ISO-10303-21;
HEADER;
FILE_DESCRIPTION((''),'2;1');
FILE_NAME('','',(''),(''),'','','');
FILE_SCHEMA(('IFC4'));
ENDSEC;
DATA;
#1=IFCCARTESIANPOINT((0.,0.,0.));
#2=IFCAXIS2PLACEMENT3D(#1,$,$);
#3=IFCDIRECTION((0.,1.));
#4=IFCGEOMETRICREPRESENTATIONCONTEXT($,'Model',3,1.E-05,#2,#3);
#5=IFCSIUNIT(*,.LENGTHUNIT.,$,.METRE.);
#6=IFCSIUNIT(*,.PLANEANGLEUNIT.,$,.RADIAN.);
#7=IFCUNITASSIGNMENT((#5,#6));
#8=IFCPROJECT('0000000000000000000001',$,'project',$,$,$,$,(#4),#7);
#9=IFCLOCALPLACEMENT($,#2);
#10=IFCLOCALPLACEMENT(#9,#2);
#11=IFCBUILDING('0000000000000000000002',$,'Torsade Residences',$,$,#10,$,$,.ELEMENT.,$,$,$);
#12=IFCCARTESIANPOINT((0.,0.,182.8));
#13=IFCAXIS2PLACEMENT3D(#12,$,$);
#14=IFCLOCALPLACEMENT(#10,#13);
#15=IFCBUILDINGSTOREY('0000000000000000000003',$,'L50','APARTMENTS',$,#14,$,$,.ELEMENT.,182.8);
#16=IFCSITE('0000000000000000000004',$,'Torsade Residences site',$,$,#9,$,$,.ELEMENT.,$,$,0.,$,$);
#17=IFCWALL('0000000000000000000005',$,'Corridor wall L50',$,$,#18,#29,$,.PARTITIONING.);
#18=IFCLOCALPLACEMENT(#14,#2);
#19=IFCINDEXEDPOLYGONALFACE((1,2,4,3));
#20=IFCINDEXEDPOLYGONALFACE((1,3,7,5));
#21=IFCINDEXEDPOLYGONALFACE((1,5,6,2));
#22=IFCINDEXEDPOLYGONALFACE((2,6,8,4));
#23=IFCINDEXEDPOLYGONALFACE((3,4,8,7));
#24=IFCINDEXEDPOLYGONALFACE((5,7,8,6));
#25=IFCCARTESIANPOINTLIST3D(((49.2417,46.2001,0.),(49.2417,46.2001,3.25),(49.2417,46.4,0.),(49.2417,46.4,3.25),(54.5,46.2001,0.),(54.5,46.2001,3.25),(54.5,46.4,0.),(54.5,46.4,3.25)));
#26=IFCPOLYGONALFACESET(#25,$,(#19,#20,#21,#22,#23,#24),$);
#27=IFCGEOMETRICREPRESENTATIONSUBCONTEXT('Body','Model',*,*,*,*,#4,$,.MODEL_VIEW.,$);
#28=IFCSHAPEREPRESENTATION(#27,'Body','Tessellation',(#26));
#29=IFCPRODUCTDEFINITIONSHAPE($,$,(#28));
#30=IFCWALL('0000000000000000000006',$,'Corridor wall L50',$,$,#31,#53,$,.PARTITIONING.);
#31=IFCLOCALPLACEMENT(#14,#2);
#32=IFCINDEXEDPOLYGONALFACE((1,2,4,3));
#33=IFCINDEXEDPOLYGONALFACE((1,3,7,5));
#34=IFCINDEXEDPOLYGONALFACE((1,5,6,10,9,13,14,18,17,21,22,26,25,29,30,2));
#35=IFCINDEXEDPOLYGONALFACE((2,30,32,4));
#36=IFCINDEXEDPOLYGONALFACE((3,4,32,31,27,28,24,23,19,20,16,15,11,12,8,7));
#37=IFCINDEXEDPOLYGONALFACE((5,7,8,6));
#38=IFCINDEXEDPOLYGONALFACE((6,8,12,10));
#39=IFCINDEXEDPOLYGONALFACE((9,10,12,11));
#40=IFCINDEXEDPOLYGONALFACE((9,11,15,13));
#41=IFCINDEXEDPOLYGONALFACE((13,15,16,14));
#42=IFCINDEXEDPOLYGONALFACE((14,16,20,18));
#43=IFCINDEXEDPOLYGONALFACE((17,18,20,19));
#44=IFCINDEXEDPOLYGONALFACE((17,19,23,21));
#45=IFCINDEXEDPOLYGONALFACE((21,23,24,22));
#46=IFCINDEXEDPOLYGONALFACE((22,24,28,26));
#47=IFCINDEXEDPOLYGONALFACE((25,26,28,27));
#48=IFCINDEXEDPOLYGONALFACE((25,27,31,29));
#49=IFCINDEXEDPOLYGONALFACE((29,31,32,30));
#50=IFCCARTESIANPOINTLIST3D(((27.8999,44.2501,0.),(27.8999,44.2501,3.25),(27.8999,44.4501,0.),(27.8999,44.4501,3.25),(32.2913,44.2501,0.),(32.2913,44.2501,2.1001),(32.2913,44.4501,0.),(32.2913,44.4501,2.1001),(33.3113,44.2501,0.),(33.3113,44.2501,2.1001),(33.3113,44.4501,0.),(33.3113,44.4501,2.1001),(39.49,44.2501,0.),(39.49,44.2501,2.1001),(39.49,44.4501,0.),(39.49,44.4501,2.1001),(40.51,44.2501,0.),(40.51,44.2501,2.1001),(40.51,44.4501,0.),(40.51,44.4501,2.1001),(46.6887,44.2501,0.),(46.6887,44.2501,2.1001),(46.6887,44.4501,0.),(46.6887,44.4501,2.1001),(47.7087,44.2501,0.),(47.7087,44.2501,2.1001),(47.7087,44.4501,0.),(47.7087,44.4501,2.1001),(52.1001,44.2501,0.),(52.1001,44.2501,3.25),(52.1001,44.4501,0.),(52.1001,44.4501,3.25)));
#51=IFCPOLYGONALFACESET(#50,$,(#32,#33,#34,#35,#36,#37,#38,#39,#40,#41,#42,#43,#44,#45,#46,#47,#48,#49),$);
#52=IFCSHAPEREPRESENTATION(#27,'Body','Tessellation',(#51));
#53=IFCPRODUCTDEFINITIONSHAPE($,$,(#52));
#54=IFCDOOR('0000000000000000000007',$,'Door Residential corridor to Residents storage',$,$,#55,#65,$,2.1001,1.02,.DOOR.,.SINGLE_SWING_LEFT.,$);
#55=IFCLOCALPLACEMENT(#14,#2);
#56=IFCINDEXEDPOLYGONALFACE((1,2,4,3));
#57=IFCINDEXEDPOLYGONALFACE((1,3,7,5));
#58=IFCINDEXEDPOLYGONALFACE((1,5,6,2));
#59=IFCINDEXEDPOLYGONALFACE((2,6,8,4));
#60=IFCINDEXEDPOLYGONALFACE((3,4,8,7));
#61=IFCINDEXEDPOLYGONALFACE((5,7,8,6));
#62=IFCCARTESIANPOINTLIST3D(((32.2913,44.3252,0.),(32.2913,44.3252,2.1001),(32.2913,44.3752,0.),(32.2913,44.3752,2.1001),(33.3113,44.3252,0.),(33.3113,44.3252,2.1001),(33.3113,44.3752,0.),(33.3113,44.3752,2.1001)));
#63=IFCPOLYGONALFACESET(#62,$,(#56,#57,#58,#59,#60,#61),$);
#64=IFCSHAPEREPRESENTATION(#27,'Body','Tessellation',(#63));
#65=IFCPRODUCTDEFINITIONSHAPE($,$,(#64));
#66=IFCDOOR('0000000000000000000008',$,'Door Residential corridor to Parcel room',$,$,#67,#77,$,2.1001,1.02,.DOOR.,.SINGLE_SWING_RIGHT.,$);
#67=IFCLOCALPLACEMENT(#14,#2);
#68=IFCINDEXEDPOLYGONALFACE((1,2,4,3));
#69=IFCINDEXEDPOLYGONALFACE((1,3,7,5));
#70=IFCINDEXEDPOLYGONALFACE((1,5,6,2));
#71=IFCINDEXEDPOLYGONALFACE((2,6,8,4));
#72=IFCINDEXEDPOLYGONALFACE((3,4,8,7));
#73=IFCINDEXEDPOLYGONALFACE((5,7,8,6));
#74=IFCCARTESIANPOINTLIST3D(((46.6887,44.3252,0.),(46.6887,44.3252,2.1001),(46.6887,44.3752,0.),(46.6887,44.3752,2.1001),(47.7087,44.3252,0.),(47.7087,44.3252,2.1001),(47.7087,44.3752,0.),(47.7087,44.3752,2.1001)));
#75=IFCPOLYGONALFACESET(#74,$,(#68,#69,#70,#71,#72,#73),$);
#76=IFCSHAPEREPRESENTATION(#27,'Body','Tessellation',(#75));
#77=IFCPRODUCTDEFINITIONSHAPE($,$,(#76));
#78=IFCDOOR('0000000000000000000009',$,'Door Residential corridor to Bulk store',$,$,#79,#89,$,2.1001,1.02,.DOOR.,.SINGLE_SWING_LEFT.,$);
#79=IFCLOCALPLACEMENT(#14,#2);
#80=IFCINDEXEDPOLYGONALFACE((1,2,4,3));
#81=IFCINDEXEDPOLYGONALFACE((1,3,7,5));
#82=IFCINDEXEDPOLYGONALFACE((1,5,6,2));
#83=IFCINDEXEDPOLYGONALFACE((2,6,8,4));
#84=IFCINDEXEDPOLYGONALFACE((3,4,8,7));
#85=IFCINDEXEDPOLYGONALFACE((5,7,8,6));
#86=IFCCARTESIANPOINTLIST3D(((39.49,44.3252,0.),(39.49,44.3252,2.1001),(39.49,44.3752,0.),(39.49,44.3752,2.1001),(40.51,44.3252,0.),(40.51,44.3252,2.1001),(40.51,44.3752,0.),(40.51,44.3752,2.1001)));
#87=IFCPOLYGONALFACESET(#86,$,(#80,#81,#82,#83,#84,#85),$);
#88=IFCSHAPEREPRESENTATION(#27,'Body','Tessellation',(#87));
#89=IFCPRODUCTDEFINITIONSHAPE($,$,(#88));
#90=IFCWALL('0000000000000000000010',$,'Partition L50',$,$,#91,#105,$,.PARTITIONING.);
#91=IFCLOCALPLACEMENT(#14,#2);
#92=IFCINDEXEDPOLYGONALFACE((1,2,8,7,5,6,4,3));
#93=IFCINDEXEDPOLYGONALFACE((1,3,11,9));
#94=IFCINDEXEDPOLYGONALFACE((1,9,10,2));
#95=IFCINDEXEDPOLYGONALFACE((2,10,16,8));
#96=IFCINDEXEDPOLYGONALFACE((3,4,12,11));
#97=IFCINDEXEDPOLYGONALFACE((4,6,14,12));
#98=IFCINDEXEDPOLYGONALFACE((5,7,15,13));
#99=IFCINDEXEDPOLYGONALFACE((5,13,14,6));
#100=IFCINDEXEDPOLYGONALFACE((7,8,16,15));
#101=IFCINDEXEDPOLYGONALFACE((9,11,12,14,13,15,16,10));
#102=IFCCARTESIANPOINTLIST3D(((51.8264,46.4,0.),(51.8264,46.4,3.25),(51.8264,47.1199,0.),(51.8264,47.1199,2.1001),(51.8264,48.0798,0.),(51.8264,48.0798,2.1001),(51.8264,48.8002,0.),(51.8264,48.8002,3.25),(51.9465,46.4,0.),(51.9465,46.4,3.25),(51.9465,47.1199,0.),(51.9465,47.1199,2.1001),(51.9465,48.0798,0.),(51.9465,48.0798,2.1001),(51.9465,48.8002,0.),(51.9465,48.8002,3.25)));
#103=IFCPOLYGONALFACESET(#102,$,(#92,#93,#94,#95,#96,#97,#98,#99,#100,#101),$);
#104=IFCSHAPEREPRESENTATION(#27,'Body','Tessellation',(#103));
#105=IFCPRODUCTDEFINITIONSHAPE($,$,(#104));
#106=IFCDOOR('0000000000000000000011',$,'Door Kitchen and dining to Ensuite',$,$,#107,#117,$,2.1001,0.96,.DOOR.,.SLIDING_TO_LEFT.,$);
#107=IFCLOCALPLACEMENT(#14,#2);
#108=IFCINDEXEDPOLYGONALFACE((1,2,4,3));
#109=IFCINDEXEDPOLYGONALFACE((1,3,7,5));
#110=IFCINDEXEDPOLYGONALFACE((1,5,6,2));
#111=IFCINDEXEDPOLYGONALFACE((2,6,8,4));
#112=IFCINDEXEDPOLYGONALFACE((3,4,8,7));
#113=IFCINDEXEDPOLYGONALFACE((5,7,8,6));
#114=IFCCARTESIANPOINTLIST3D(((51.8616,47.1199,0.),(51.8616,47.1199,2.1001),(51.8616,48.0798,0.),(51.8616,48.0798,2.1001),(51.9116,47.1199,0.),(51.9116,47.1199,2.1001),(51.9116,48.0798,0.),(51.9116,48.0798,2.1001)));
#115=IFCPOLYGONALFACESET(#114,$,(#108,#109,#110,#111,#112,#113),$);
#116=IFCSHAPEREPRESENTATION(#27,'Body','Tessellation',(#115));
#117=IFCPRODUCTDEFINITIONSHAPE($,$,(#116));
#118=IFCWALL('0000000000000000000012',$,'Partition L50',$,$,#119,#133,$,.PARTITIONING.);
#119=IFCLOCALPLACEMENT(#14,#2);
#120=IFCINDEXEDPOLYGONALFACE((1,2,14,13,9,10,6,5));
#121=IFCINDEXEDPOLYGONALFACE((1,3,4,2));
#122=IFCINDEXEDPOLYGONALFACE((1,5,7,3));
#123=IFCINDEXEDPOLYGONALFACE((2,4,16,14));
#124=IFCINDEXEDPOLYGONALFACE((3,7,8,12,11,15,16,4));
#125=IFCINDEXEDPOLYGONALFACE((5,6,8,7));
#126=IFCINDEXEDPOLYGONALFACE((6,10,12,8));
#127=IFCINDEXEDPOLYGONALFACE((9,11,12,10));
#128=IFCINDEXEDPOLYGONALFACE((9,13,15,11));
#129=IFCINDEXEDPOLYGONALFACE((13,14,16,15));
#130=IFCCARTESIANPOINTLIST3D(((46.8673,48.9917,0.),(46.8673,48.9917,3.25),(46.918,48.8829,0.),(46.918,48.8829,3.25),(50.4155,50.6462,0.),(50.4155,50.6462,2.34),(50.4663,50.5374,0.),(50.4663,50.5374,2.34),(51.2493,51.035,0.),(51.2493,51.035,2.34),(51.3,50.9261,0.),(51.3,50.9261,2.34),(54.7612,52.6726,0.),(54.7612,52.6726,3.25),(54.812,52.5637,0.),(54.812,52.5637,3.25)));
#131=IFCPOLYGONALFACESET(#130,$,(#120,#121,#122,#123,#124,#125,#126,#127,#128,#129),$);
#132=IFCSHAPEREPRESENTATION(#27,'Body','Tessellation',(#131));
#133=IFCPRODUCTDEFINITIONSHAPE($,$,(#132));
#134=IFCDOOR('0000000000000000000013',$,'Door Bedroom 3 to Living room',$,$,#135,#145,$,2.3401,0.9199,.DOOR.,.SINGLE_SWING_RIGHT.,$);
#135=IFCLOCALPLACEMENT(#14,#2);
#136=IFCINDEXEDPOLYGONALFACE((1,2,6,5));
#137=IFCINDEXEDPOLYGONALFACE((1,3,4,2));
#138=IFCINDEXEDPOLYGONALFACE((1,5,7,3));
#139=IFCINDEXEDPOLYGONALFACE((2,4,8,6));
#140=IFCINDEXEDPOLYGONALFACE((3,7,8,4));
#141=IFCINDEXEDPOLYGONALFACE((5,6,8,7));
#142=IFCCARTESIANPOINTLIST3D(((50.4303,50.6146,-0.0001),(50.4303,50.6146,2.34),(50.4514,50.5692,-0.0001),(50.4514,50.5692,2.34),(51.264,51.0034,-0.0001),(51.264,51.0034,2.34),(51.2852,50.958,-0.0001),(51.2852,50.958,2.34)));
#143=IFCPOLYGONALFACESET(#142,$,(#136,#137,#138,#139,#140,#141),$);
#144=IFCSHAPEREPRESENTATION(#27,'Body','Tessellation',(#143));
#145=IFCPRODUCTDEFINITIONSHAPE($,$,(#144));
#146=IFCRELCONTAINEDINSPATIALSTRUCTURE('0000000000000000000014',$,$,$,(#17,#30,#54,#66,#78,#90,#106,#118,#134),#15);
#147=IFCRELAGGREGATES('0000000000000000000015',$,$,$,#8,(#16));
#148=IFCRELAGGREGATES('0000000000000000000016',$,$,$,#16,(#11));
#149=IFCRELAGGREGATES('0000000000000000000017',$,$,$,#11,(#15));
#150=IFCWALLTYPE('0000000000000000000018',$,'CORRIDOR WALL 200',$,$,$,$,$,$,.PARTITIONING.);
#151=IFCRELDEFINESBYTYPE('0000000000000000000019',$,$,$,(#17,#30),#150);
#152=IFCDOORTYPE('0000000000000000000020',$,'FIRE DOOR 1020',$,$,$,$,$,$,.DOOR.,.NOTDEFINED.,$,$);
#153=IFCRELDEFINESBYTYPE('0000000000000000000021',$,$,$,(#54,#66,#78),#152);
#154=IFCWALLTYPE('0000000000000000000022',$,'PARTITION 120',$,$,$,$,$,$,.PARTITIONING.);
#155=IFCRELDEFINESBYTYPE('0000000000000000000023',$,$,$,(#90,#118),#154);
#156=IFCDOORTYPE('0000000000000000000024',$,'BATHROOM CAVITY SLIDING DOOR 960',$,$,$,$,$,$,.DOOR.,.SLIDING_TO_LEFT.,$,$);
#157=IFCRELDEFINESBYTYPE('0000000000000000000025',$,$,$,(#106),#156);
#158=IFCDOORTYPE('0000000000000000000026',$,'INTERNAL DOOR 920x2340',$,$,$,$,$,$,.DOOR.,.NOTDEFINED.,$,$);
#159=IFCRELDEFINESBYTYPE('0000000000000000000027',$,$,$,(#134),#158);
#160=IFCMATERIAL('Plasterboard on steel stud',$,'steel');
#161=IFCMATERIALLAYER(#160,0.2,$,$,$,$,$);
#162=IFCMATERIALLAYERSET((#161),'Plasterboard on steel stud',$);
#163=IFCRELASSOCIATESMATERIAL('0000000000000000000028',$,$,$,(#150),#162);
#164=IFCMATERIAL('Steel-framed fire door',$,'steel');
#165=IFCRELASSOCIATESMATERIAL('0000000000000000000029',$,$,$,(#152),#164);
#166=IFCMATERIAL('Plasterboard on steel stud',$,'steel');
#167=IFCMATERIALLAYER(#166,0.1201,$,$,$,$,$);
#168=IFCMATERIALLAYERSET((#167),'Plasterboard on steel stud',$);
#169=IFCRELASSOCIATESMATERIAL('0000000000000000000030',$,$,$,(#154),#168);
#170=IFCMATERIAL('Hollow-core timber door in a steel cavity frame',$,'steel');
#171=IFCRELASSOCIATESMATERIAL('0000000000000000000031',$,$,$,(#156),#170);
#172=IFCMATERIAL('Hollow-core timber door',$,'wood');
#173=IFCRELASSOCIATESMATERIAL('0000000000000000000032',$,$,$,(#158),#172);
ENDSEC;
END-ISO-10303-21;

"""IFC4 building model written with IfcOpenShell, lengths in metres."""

from ifc_helpers import new_model, si_unit, direction, frame, frame_2d, origin, place, context, subcontext, project, spatial, rectangle, extrude, material, layer, layer_set, type_object, element, fill, save


model = new_model("IFC4")

# Units and contexts
model_context = context("Model", 3, precision=1e-05, world=origin(), true_north=direction((0.0, 1.0)))
body_context = subcontext(model_context, "Body", "Model", "MODEL_VIEW")
ifc_project = project(units=[si_unit("LENGTHUNIT", "METRE"), si_unit("PLANEANGLEUNIT", "RADIAN")], contexts=[model_context])

# Site, building, storey
site_placement = place(None, origin())
site = spatial("IfcSite", under=ifc_project, at=site_placement, Name="Torsade Residences site", CompositionType="ELEMENT", RefElevation=0.0)
building_placement = place(site_placement, origin())
building = spatial("IfcBuilding", under=site, at=building_placement, Name="Torsade Residences", CompositionType="ELEMENT")
storey_placement = place(building_placement, frame((0.0, 0.0, 182.8)))
storey = spatial("IfcBuildingStorey", under=building, at=storey_placement, Name="L50", Description="APARTMENTS", CompositionType="ELEMENT", Elevation=182.8)

# Wall
ifc_material_1 = material(Name="Plasterboard on steel stud", Category="steel")
ifc_layer_1 = layer(ifc_material_1, 0.2)
ifc_layer_set_1 = layer_set([ifc_layer_1], Name="Plasterboard on steel stud")
wall_type_1 = type_object("IfcWallType", Name="CORRIDOR WALL 200", PredefinedType="PARTITIONING", material=ifc_layer_set_1)
wall_1_placement = place(storey_placement, frame((54.5, 46.3, 0.0), z_axis=(0.0, 0.0, 1.0), x_axis=(-1.0, 0.0, 0.0)))
element("IfcWall", 1, at=wall_1_placement, inside=storey, type_object=wall_type_1, Name="Corridor wall L50", PredefinedType="PARTITIONING", context=body_context, shape_type="SweptSolid", body=[
    extrude(rectangle(XDim=5.2583, YDim=0.2, at=frame_2d((2.6292, 0.0))), origin(), (0.0, 0.0, 1.0), 3.25),
])

# Wall, openings, doors
wall_2_placement = place(storey_placement, frame((52.1001, 44.3501, 0.0), z_axis=(0.0, 0.0, 1.0), x_axis=(-1.0, 0.0, 0.0)))
wall_2 = element("IfcWall", 2, at=wall_2_placement, inside=storey, type_object=wall_type_1, Name="Corridor wall L50", PredefinedType="PARTITIONING", context=body_context, shape_type="SweptSolid", body=[
    extrude(rectangle(XDim=24.2002, YDim=0.2, at=frame_2d((12.1001, 0.0))), origin(), (0.0, 0.0, 1.0), 3.25),
])
opening_1_placement = place(wall_2_placement, frame((18.7888, 0.0, 0.0)))
opening_1 = element("IfcOpeningElement", 3, at=opening_1_placement, cuts=wall_2, PredefinedType="OPENING", context=body_context, shape_type="SweptSolid", body=[
    extrude(rectangle(XDim=1.02, YDim=2.1001, at=frame_2d((0.51, 1.05))), frame((0.0, 0.1099, 0.0), z_axis=(0.0, -1.0, 0.0), x_axis=(1.0, 0.0, 0.0)), (0.0, 0.0, 1.0), 0.22),
])
opening_2_placement = place(wall_2_placement, frame((4.3914, 0.0, 0.0)))
opening_2 = element("IfcOpeningElement", 4, at=opening_2_placement, cuts=wall_2, PredefinedType="OPENING", context=body_context, shape_type="SweptSolid", body=[
    extrude(rectangle(XDim=1.02, YDim=2.1001, at=frame_2d((0.51, 1.05))), frame((0.0, 0.1099, 0.0), z_axis=(0.0, -1.0, 0.0), x_axis=(1.0, 0.0, 0.0)), (0.0, 0.0, 1.0), 0.22),
])
opening_3_placement = place(wall_2_placement, frame((11.5901, 0.0, 0.0)))
opening_3 = element("IfcOpeningElement", 5, at=opening_3_placement, cuts=wall_2, PredefinedType="OPENING", context=body_context, shape_type="SweptSolid", body=[
    extrude(rectangle(XDim=1.02, YDim=2.1001, at=frame_2d((0.51, 1.05))), frame((0.0, 0.1099, 0.0), z_axis=(0.0, -1.0, 0.0), x_axis=(1.0, 0.0, 0.0)), (0.0, 0.0, 1.0), 0.22),
])
ifc_material_2 = material(Name="Steel-framed fire door", Category="steel")
door_type_1 = type_object("IfcDoorType", Name="FIRE DOOR 1020", OperationType="NOTDEFINED", PredefinedType="DOOR", material=ifc_material_2)
door_1_placement = place(opening_1_placement, origin())
door_1 = element("IfcDoor", 6, at=door_1_placement, inside=storey, type_object=door_type_1, Name="Door Residential corridor to Residents storage", OperationType="SINGLE_SWING_LEFT", OverallHeight=2.1001, OverallWidth=1.02, PredefinedType="DOOR", context=body_context, shape_type="SweptSolid", body=[
    extrude(rectangle(XDim=1.02, YDim=2.1001, at=frame_2d((0.51, 1.05))), frame((0.0, 0.0249, 0.0), z_axis=(0.0, -1.0, 0.0), x_axis=(1.0, 0.0, 0.0)), (0.0, 0.0, 1.0), 0.05),
])
fill(opening_1, door_1)
door_2_placement = place(opening_2_placement, origin())
door_2 = element("IfcDoor", 7, at=door_2_placement, inside=storey, type_object=door_type_1, Name="Door Residential corridor to Parcel room", OperationType="SINGLE_SWING_RIGHT", OverallHeight=2.1001, OverallWidth=1.02, PredefinedType="DOOR", context=body_context, shape_type="SweptSolid", body=[
    extrude(rectangle(XDim=1.02, YDim=2.1001, at=frame_2d((0.51, 1.05))), frame((0.0, 0.0249, 0.0), z_axis=(0.0, -1.0, 0.0), x_axis=(1.0, 0.0, 0.0)), (0.0, 0.0, 1.0), 0.05),
])
fill(opening_2, door_2)
door_3_placement = place(opening_3_placement, origin())
door_3 = element("IfcDoor", 8, at=door_3_placement, inside=storey, type_object=door_type_1, Name="Door Residential corridor to Bulk store", OperationType="SINGLE_SWING_LEFT", OverallHeight=2.1001, OverallWidth=1.02, PredefinedType="DOOR", context=body_context, shape_type="SweptSolid", body=[
    extrude(rectangle(XDim=1.02, YDim=2.1001, at=frame_2d((0.51, 1.05))), frame((0.0, 0.0249, 0.0), z_axis=(0.0, -1.0, 0.0), x_axis=(1.0, 0.0, 0.0)), (0.0, 0.0, 1.0), 0.05),
])
fill(opening_3, door_3)

# Walls, openings, doors
ifc_material_3 = material(Name="Plasterboard on steel stud", Category="steel")
ifc_layer_2 = layer(ifc_material_3, 0.1201)
ifc_layer_set_2 = layer_set([ifc_layer_2], Name="Plasterboard on steel stud")
wall_type_2 = type_object("IfcWallType", Name="PARTITION 120", PredefinedType="PARTITIONING", material=ifc_layer_set_2)
wall_3_placement = place(storey_placement, frame((51.8865, 46.3999, 0.0), z_axis=(0.0, 0.0, 1.0), x_axis=(0.0, 1.0, 0.0)))
wall_3 = element("IfcWall", 9, at=wall_3_placement, inside=storey, type_object=wall_type_2, Name="Partition L50", PredefinedType="PARTITIONING", context=body_context, shape_type="SweptSolid", body=[
    extrude(rectangle(XDim=2.4001, YDim=0.1201, at=frame_2d((1.2002, 0.0))), origin(), (0.0, 0.0, 1.0), 3.25),
])
opening_4_placement = place(wall_3_placement, frame((0.72, 0.0, 0.0)))
opening_4 = element("IfcOpeningElement", 10, at=opening_4_placement, cuts=wall_3, PredefinedType="OPENING", context=body_context, shape_type="SweptSolid", body=[
    extrude(rectangle(XDim=0.96, YDim=2.1001, at=frame_2d((0.48, 1.05))), frame((0.0, 0.0701, 0.0), z_axis=(0.0, -1.0, 0.0), x_axis=(1.0, 0.0, 0.0)), (0.0, 0.0, 1.0), 0.1401),
])
ifc_material_4 = material(Name="Hollow-core timber door in a steel cavity frame", Category="steel")
door_type_2 = type_object("IfcDoorType", Name="BATHROOM CAVITY SLIDING DOOR 960", OperationType="SLIDING_TO_LEFT", PredefinedType="DOOR", material=ifc_material_4)
door_4_placement = place(opening_4_placement, origin())
door_4 = element("IfcDoor", 11, at=door_4_placement, inside=storey, type_object=door_type_2, Name="Door Kitchen and dining to Ensuite", OperationType="SLIDING_TO_LEFT", OverallHeight=2.1001, OverallWidth=0.96, PredefinedType="DOOR", context=body_context, shape_type="SweptSolid", body=[
    extrude(rectangle(XDim=0.96, YDim=2.1001, at=frame_2d((0.48, 1.05))), frame((0.0, 0.0249, 0.0), z_axis=(0.0, -1.0, 0.0), x_axis=(1.0, 0.0, 0.0)), (0.0, 0.0, 1.0), 0.05),
])
fill(opening_4, door_4)
wall_4_placement = place(storey_placement, frame((54.7866, 52.6182, 0.0), z_axis=(0.0, 0.0, 1.0), x_axis=(-0.906314, -0.422605, 0.0)))
wall_4 = element("IfcWall", 12, at=wall_4_placement, inside=storey, type_object=wall_type_2, Name="Partition L50", PredefinedType="PARTITIONING", context=body_context, shape_type="SweptSolid", body=[
    extrude(rectangle(XDim=8.71, YDim=0.1201, at=frame_2d((4.355, 0.0))), origin(), (0.0, 0.0, 1.0), 3.25),
])
opening_5_placement = place(wall_4_placement, frame((3.875, 0.0, 0.0)))
opening_5 = element("IfcOpeningElement", 13, at=opening_5_placement, cuts=wall_4, PredefinedType="OPENING", context=body_context, shape_type="SweptSolid", body=[
    extrude(rectangle(XDim=0.9199, YDim=2.3401, at=frame_2d((0.46, 1.1699))), frame((0.0, 0.0701, 0.0), z_axis=(0.0, -1.0, 0.0), x_axis=(1.0, 0.0, 0.0)), (0.0, 0.0, 1.0), 0.1401),
])
ifc_material_5 = material(Name="Hollow-core timber door", Category="wood")
door_type_3 = type_object("IfcDoorType", Name="INTERNAL DOOR 920x2340", OperationType="NOTDEFINED", PredefinedType="DOOR", material=ifc_material_5)
door_5_placement = place(opening_5_placement, origin())
door_5 = element("IfcDoor", 14, at=door_5_placement, inside=storey, type_object=door_type_3, Name="Door Bedroom 3 to Living room", OperationType="SINGLE_SWING_RIGHT", OverallHeight=2.3401, OverallWidth=0.9199, PredefinedType="DOOR", context=body_context, shape_type="SweptSolid", body=[
    extrude(rectangle(XDim=0.9199, YDim=2.3401, at=frame_2d((0.46, 1.1699))), frame((0.0, 0.0249, 0.0), z_axis=(0.0, -1.0, 0.0), x_axis=(1.0, 0.0, 0.0)), (0.0, 0.0, 1.0), 0.05),
])
fill(opening_5, door_5)

save(model, "model.ifc")
